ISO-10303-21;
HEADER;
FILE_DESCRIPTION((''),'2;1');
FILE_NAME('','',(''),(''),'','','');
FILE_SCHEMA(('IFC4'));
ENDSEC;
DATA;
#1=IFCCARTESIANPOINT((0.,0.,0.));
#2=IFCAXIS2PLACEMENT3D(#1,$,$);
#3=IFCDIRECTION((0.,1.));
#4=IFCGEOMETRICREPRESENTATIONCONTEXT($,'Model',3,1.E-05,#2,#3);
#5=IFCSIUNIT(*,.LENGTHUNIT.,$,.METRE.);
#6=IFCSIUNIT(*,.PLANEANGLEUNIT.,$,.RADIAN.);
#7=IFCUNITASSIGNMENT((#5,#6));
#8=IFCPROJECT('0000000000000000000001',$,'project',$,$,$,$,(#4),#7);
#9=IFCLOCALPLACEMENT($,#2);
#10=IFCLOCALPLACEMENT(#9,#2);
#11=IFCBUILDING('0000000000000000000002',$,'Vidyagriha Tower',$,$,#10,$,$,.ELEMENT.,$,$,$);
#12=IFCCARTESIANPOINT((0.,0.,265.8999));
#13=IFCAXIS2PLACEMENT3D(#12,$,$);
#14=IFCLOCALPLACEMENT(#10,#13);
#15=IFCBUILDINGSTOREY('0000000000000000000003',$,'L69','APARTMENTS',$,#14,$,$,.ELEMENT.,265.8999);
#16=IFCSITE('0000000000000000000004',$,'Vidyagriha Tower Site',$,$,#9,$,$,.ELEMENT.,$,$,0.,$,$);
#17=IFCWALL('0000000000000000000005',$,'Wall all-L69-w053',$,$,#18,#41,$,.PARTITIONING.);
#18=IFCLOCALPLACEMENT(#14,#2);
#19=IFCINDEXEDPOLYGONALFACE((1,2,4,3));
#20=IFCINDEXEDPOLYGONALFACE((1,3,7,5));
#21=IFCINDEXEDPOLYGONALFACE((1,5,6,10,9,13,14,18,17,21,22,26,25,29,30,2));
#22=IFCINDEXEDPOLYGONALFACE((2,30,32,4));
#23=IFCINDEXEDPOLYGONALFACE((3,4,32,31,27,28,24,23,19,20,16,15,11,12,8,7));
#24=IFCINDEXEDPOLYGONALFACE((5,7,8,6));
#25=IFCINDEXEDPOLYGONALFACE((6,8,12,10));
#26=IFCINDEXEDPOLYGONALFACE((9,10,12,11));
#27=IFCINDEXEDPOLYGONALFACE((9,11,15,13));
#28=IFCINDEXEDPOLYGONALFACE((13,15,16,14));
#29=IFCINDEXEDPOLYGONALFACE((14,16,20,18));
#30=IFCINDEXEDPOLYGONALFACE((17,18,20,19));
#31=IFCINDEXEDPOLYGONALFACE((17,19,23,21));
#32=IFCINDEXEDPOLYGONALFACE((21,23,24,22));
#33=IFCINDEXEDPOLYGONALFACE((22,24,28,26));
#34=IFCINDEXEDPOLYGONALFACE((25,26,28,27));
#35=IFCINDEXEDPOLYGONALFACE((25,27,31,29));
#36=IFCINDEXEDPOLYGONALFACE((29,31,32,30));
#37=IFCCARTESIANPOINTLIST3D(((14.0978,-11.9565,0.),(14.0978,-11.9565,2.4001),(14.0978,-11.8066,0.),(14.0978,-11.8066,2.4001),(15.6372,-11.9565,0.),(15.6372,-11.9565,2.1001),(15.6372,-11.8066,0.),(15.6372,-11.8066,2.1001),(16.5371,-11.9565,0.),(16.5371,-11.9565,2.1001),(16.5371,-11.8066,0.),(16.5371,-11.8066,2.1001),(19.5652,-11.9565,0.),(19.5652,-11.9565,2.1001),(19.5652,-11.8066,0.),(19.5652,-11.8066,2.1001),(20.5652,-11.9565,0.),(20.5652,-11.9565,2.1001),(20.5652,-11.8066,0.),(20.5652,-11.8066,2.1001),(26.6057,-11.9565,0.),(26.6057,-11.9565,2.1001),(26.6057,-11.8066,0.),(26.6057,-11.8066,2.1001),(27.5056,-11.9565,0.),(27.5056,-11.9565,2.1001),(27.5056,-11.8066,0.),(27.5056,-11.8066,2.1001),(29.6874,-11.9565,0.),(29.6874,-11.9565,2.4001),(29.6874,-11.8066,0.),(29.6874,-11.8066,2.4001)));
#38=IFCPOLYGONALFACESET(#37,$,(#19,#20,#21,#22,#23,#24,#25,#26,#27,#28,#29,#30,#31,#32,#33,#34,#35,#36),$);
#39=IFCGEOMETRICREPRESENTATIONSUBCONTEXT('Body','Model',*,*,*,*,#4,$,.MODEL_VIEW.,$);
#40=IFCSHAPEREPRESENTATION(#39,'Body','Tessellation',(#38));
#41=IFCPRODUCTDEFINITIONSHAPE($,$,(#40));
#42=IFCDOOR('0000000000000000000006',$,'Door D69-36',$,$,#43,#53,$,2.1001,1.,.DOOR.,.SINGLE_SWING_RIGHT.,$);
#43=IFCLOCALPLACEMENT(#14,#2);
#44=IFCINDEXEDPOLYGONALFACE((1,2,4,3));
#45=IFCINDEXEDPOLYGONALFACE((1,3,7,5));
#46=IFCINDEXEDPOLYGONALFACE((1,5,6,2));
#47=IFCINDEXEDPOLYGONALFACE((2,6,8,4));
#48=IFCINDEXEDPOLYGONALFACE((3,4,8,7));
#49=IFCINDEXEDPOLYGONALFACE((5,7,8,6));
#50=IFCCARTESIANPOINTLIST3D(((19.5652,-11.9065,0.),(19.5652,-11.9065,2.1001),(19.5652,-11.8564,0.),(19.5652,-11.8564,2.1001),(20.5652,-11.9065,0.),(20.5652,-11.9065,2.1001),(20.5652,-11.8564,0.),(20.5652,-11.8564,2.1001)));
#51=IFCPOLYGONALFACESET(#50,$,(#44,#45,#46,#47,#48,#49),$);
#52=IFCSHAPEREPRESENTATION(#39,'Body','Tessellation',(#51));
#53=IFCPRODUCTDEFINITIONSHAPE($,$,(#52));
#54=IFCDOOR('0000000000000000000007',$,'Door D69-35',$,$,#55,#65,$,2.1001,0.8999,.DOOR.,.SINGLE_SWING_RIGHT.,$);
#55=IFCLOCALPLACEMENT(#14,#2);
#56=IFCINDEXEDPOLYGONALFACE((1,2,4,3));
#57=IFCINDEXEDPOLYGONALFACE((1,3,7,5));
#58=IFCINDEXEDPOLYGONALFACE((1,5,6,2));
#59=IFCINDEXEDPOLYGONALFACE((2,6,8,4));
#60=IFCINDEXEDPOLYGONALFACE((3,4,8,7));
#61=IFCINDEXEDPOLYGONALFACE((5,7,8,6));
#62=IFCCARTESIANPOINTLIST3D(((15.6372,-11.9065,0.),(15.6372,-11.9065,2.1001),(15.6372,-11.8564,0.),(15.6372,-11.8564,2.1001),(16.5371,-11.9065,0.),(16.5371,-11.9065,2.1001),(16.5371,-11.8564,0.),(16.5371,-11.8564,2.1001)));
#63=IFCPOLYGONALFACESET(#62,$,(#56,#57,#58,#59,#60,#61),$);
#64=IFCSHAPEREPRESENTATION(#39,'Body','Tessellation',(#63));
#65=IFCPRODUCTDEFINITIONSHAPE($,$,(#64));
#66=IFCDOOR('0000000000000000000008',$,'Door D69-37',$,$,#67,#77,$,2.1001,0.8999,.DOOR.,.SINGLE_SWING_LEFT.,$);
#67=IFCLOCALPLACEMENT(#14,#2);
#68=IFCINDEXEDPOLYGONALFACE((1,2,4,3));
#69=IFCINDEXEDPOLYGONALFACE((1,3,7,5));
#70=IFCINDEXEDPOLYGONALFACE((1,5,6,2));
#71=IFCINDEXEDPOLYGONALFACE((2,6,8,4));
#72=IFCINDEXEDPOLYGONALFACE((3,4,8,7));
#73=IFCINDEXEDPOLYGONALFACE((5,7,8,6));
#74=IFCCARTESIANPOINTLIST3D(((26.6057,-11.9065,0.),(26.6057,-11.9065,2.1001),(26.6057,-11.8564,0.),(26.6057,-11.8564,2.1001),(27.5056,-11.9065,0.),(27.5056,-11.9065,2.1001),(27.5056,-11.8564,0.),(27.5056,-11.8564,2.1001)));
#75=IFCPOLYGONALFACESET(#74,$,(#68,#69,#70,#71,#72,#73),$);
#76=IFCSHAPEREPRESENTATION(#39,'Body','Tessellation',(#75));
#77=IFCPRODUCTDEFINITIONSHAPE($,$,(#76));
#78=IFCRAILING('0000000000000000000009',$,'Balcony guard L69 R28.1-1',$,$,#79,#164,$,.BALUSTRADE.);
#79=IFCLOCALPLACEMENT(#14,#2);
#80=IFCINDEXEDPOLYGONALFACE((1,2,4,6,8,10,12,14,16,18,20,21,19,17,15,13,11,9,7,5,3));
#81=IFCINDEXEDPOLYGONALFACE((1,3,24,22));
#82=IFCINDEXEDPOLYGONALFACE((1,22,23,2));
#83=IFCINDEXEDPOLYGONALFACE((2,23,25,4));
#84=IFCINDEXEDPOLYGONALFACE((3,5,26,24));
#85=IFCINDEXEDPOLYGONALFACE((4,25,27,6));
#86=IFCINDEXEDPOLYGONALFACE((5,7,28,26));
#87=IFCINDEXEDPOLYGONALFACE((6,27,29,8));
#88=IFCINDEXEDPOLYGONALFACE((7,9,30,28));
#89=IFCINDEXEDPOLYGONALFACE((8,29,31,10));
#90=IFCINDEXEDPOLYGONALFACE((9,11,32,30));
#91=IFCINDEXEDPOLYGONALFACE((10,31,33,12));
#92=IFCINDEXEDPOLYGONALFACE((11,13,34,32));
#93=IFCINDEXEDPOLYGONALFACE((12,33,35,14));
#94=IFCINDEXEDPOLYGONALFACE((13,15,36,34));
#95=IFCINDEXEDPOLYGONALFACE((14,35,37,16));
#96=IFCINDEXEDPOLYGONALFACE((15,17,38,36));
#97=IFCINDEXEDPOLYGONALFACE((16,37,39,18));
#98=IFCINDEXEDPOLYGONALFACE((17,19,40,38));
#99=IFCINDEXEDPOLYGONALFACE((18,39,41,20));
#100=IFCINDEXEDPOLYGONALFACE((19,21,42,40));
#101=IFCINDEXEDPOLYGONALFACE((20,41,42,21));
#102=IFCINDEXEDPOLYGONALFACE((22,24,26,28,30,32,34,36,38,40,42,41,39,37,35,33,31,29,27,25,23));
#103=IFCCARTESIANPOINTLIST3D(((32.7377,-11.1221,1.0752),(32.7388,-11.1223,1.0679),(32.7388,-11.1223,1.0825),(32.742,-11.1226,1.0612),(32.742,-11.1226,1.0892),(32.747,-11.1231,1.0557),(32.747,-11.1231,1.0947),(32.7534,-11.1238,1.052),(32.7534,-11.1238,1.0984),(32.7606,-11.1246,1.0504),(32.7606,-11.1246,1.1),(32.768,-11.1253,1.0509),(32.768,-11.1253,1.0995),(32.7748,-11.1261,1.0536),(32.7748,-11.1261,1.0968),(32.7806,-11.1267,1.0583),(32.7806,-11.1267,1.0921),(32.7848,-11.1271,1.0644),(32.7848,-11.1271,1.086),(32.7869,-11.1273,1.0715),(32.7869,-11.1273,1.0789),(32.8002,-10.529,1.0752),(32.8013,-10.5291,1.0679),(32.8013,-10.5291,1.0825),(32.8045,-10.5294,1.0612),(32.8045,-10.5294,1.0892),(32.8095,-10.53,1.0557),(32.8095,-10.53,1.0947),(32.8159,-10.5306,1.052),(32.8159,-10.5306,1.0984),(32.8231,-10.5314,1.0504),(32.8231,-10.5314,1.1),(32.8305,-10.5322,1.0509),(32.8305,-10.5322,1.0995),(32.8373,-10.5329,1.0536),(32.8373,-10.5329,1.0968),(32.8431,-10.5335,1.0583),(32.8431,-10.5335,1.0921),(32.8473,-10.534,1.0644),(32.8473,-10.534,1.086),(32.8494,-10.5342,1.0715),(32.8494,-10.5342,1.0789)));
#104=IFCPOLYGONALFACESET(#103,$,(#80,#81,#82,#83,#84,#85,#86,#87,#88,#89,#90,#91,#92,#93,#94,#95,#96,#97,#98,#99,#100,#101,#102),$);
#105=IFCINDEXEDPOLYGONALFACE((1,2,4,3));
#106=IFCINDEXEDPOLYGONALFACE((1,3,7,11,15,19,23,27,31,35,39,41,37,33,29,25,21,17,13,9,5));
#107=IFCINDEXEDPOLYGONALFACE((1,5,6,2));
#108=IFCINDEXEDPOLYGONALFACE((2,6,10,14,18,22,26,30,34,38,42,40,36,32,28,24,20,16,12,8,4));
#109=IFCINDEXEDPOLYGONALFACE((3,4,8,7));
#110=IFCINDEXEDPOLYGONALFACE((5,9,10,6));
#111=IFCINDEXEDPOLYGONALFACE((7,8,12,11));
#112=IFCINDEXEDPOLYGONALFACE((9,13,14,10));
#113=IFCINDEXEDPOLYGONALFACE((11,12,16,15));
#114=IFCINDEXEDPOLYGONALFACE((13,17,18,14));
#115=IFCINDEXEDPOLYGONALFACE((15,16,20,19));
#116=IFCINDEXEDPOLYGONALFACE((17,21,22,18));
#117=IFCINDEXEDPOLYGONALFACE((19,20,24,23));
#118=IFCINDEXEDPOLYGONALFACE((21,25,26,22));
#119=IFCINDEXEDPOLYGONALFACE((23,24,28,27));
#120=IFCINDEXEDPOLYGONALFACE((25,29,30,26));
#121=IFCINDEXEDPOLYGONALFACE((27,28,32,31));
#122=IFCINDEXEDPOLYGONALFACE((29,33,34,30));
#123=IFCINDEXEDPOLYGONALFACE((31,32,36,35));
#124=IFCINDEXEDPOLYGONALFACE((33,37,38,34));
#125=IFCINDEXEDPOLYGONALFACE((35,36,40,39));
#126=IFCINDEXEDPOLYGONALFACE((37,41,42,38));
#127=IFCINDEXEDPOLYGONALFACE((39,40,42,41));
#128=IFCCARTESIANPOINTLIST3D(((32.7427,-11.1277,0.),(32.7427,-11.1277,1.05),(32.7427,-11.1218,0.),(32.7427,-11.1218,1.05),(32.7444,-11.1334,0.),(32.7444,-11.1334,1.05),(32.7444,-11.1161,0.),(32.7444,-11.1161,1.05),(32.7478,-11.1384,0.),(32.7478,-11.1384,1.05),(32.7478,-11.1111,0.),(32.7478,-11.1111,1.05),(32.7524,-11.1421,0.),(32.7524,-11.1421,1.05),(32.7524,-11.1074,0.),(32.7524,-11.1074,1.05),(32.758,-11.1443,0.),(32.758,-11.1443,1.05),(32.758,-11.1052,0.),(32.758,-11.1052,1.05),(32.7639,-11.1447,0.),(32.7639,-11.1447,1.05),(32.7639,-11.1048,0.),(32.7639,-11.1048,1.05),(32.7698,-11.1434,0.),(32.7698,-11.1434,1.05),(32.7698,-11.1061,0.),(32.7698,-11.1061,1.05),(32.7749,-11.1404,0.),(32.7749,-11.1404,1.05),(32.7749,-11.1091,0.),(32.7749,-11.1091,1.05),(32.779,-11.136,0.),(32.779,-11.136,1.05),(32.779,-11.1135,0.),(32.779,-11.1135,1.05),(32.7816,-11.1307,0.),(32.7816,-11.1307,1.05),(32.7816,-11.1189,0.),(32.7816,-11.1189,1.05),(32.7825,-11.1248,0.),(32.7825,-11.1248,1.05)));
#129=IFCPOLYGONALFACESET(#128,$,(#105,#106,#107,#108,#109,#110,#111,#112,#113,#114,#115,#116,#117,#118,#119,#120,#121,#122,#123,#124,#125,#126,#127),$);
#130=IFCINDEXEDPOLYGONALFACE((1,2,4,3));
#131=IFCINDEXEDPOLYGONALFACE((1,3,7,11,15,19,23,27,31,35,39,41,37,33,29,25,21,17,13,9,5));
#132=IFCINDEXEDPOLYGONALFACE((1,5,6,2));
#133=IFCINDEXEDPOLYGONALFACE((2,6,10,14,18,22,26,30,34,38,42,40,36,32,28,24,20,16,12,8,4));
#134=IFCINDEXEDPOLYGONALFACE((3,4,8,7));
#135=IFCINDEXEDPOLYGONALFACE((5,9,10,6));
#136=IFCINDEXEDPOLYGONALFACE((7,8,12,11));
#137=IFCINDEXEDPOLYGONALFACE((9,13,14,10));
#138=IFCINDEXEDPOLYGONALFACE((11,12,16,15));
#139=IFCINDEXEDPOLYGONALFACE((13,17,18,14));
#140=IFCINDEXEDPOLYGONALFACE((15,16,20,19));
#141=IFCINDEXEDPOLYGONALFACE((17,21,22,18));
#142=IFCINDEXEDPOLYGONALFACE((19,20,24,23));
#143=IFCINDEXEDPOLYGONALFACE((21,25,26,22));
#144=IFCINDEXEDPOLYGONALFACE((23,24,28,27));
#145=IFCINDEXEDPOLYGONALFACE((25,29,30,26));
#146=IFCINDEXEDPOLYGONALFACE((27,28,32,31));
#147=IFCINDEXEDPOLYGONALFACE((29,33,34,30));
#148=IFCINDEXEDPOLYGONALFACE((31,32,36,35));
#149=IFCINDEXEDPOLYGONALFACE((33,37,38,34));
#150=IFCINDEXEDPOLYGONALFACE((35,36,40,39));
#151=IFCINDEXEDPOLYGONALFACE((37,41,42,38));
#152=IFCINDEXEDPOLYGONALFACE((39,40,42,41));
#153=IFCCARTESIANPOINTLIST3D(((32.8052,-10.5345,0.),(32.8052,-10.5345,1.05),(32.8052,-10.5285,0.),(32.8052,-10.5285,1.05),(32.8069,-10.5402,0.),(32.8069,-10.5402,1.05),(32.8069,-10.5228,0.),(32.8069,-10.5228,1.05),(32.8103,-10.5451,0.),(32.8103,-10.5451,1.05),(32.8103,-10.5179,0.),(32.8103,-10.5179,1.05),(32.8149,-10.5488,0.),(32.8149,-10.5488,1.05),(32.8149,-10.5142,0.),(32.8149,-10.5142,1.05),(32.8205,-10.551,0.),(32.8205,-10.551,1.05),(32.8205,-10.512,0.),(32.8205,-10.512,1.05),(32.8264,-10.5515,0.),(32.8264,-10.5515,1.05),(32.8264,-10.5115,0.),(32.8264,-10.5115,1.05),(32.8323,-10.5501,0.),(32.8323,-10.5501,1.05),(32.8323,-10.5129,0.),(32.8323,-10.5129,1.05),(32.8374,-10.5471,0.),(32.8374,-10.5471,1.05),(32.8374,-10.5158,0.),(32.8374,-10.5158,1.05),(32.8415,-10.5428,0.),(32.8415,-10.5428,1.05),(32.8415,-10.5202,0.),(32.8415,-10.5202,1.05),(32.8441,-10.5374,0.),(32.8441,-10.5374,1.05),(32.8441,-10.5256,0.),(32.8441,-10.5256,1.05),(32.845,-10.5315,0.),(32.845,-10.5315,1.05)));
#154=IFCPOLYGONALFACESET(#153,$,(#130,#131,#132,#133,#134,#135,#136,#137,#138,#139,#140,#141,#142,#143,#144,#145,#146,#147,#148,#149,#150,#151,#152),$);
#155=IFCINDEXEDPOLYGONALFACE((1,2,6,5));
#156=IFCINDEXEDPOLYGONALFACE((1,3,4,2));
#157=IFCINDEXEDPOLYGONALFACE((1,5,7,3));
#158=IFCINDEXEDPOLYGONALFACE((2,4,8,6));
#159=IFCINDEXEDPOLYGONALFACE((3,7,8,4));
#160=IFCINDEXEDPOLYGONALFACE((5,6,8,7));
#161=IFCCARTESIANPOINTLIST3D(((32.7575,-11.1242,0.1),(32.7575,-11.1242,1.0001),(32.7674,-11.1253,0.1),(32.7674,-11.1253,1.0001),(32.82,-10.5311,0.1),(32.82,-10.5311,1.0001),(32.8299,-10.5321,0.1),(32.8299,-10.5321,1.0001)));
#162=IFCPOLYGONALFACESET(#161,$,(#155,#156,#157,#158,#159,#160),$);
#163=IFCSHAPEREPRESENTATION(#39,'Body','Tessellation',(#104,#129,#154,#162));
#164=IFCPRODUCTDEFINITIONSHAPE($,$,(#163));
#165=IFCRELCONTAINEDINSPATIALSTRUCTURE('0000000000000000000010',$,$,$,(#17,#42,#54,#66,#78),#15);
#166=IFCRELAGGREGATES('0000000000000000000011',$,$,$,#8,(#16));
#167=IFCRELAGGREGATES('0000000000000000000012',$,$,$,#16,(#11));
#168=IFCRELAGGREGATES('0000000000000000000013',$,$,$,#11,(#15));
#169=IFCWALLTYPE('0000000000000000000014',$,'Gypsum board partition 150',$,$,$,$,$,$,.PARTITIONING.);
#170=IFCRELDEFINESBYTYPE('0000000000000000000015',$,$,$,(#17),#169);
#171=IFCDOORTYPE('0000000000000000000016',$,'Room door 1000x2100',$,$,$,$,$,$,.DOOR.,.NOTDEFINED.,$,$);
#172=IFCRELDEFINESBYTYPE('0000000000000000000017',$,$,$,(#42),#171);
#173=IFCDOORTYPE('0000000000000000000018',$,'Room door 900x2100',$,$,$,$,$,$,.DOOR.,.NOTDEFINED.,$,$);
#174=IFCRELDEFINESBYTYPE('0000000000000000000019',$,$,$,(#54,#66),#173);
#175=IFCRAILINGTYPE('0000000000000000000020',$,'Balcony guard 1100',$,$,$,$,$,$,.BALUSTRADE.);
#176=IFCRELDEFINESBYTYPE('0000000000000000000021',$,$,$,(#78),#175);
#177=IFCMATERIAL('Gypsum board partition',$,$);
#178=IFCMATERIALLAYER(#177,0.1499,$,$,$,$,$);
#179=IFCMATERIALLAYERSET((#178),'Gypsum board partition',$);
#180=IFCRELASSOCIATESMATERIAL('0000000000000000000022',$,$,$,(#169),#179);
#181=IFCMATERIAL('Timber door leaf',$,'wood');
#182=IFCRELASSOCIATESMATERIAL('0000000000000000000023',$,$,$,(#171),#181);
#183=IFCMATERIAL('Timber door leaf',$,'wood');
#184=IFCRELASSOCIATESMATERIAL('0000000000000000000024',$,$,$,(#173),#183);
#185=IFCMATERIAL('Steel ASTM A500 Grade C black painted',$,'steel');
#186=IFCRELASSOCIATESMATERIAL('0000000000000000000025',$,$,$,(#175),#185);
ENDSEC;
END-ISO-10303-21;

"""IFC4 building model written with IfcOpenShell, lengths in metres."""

from ifc_helpers import new_model, si_unit, direction, frame, frame_2d, origin, origin_2d, place, context, subcontext, project, spatial, rectangle, circle, extrude, material, layer, layer_set, type_object, element, fill, save


model = new_model("IFC4")

# Units and contexts
model_context = context("Model", 3, precision=1e-05, world=origin(), true_north=direction((0.0, 1.0)))
body_context = subcontext(model_context, "Body", "Model", "MODEL_VIEW")
ifc_project = project(units=[si_unit("LENGTHUNIT", "METRE"), si_unit("PLANEANGLEUNIT", "RADIAN")], contexts=[model_context])

# Site, building, storey
site_placement = place(None, origin())
site = spatial("IfcSite", under=ifc_project, at=site_placement, Name="Vidyagriha Tower Site", CompositionType="ELEMENT", RefElevation=0.0)
building_placement = place(site_placement, origin())
building = spatial("IfcBuilding", under=site, at=building_placement, Name="Vidyagriha Tower", CompositionType="ELEMENT")
storey_placement = place(building_placement, frame((0.0, 0.0, 265.8999)))
storey = spatial("IfcBuildingStorey", under=building, at=storey_placement, Name="L69", Description="APARTMENTS", CompositionType="ELEMENT", Elevation=265.8999)

# Wall, openings, doors
ifc_material_1 = material(Name="Gypsum board partition")
ifc_layer_1 = layer(ifc_material_1, 0.1499)
ifc_layer_set_1 = layer_set([ifc_layer_1], Name="Gypsum board partition")
wall_type_1 = type_object("IfcWallType", Name="Gypsum board partition 150", PredefinedType="PARTITIONING", material=ifc_layer_set_1)
wall_1_placement = place(storey_placement, frame((29.6875, -11.8816, 0.0), z_axis=(0.0, 0.0, 1.0), x_axis=(-1.0, 0.0, 0.0)))
wall_1 = element("IfcWall", 1, at=wall_1_placement, inside=storey, type_object=wall_type_1, Name="Wall all-L69-w053", PredefinedType="PARTITIONING", context=body_context, shape_type="SweptSolid", body=[
    extrude(rectangle(XDim=15.5896, YDim=0.1499, at=frame_2d((7.7949, 0.0))), origin(), (0.0, 0.0, 1.0), 2.4001),
])
opening_1_placement = place(wall_1_placement, frame((13.1504, 0.0, 0.0)))
opening_1 = element("IfcOpeningElement", 2, at=opening_1_placement, cuts=wall_1, PredefinedType="OPENING", context=body_context, shape_type="SweptSolid", body=[
    extrude(rectangle(XDim=0.8999, YDim=2.1001, at=frame_2d((0.45, 1.05))), frame((0.0, 0.085, 0.0), z_axis=(0.0, -1.0, 0.0), x_axis=(1.0, 0.0, 0.0)), (0.0, 0.0, 1.0), 0.1699),
])
opening_2_placement = place(wall_1_placement, frame((9.1223, 0.0, 0.0)))
opening_2 = element("IfcOpeningElement", 3, at=opening_2_placement, cuts=wall_1, PredefinedType="OPENING", context=body_context, shape_type="SweptSolid", body=[
    extrude(rectangle(XDim=1.0, YDim=2.1001, at=frame_2d((0.5, 1.05))), frame((0.0, 0.085, 0.0), z_axis=(0.0, -1.0, 0.0), x_axis=(1.0, 0.0, 0.0)), (0.0, 0.0, 1.0), 0.1699),
])
opening_3_placement = place(wall_1_placement, frame((2.1819, 0.0, 0.0)))
opening_3 = element("IfcOpeningElement", 4, at=opening_3_placement, cuts=wall_1, PredefinedType="OPENING", context=body_context, shape_type="SweptSolid", body=[
    extrude(rectangle(XDim=0.8999, YDim=2.1001, at=frame_2d((0.45, 1.05))), frame((0.0, 0.085, 0.0), z_axis=(0.0, -1.0, 0.0), x_axis=(1.0, 0.0, 0.0)), (0.0, 0.0, 1.0), 0.1699),
])
ifc_material_2 = material(Name="Timber door leaf", Category="wood")
door_type_1 = type_object("IfcDoorType", Name="Room door 1000x2100", OperationType="NOTDEFINED", PredefinedType="DOOR", material=ifc_material_2)
door_1_placement = place(opening_2_placement, origin())
door_1 = element("IfcDoor", 5, at=door_1_placement, inside=storey, type_object=door_type_1, Name="Door D69-36", OperationType="SINGLE_SWING_RIGHT", OverallHeight=2.1001, OverallWidth=1.0, PredefinedType="DOOR", context=body_context, shape_type="SweptSolid", body=[
    extrude(rectangle(XDim=1.0, YDim=2.1001, at=frame_2d((0.5, 1.05))), frame((0.0, 0.0249, 0.0), z_axis=(0.0, -1.0, 0.0), x_axis=(1.0, 0.0, 0.0)), (0.0, 0.0, 1.0), 0.05),
])
fill(opening_2, door_1)
ifc_material_3 = material(Name="Timber door leaf", Category="wood")
door_type_2 = type_object("IfcDoorType", Name="Room door 900x2100", OperationType="NOTDEFINED", PredefinedType="DOOR", material=ifc_material_3)
door_2_placement = place(opening_1_placement, origin())
door_2 = element("IfcDoor", 6, at=door_2_placement, inside=storey, type_object=door_type_2, Name="Door D69-35", OperationType="SINGLE_SWING_RIGHT", OverallHeight=2.1001, OverallWidth=0.8999, PredefinedType="DOOR", context=body_context, shape_type="SweptSolid", body=[
    extrude(rectangle(XDim=0.8999, YDim=2.1001, at=frame_2d((0.45, 1.05))), frame((0.0, 0.0249, 0.0), z_axis=(0.0, -1.0, 0.0), x_axis=(1.0, 0.0, 0.0)), (0.0, 0.0, 1.0), 0.05),
])
fill(opening_1, door_2)
door_3_placement = place(opening_3_placement, origin())
door_3 = element("IfcDoor", 7, at=door_3_placement, inside=storey, type_object=door_type_2, Name="Door D69-37", OperationType="SINGLE_SWING_LEFT", OverallHeight=2.1001, OverallWidth=0.8999, PredefinedType="DOOR", context=body_context, shape_type="SweptSolid", body=[
    extrude(rectangle(XDim=0.8999, YDim=2.1001, at=frame_2d((0.45, 1.05))), frame((0.0, 0.0249, 0.0), z_axis=(0.0, -1.0, 0.0), x_axis=(1.0, 0.0, 0.0)), (0.0, 0.0, 1.0), 0.05),
])
fill(opening_3, door_3)

# Railing
ifc_material_4 = material(Name="Steel ASTM A500 Grade C black painted", Category="steel")
railing_type_1 = type_object("IfcRailingType", Name="Balcony guard 1100", PredefinedType="BALUSTRADE", material=ifc_material_4)
railing_1_placement = place(storey_placement, frame((32.7625, -11.1248, 0.0)))
element("IfcRailing", 8, at=railing_1_placement, inside=storey, type_object=railing_type_1, Name="Balcony guard L69 R28.1-1", PredefinedType="BALUSTRADE", context=body_context, shape_type="SweptSolid", body=[
    extrude(circle(Radius=0.0249, at=origin_2d()), frame((0.0, 0.0, 1.0752), z_axis=(0.10477, 0.994496, 0.0), x_axis=(-0.994496, 0.10477, 0.0)), (0.0, 0.0, 1.0), 0.5964),
    extrude(circle(Radius=0.02, at=origin_2d()), origin(), (0.0, 0.0, 1.0), 1.05),
    extrude(circle(Radius=0.02, at=origin_2d()), frame((0.0625, 0.5933, 0.0)), (0.0, 0.0, 1.0), 1.05),
    extrude(rectangle(XDim=0.01, YDim=0.9001, at=origin_2d()), frame((0.0, 0.0, 0.55), z_axis=(0.10477, 0.994496, 0.0), x_axis=(-0.994496, 0.10477, 0.0)), (0.0, 0.0, 1.0), 0.5964),
])

save(model, "model.ifc")
